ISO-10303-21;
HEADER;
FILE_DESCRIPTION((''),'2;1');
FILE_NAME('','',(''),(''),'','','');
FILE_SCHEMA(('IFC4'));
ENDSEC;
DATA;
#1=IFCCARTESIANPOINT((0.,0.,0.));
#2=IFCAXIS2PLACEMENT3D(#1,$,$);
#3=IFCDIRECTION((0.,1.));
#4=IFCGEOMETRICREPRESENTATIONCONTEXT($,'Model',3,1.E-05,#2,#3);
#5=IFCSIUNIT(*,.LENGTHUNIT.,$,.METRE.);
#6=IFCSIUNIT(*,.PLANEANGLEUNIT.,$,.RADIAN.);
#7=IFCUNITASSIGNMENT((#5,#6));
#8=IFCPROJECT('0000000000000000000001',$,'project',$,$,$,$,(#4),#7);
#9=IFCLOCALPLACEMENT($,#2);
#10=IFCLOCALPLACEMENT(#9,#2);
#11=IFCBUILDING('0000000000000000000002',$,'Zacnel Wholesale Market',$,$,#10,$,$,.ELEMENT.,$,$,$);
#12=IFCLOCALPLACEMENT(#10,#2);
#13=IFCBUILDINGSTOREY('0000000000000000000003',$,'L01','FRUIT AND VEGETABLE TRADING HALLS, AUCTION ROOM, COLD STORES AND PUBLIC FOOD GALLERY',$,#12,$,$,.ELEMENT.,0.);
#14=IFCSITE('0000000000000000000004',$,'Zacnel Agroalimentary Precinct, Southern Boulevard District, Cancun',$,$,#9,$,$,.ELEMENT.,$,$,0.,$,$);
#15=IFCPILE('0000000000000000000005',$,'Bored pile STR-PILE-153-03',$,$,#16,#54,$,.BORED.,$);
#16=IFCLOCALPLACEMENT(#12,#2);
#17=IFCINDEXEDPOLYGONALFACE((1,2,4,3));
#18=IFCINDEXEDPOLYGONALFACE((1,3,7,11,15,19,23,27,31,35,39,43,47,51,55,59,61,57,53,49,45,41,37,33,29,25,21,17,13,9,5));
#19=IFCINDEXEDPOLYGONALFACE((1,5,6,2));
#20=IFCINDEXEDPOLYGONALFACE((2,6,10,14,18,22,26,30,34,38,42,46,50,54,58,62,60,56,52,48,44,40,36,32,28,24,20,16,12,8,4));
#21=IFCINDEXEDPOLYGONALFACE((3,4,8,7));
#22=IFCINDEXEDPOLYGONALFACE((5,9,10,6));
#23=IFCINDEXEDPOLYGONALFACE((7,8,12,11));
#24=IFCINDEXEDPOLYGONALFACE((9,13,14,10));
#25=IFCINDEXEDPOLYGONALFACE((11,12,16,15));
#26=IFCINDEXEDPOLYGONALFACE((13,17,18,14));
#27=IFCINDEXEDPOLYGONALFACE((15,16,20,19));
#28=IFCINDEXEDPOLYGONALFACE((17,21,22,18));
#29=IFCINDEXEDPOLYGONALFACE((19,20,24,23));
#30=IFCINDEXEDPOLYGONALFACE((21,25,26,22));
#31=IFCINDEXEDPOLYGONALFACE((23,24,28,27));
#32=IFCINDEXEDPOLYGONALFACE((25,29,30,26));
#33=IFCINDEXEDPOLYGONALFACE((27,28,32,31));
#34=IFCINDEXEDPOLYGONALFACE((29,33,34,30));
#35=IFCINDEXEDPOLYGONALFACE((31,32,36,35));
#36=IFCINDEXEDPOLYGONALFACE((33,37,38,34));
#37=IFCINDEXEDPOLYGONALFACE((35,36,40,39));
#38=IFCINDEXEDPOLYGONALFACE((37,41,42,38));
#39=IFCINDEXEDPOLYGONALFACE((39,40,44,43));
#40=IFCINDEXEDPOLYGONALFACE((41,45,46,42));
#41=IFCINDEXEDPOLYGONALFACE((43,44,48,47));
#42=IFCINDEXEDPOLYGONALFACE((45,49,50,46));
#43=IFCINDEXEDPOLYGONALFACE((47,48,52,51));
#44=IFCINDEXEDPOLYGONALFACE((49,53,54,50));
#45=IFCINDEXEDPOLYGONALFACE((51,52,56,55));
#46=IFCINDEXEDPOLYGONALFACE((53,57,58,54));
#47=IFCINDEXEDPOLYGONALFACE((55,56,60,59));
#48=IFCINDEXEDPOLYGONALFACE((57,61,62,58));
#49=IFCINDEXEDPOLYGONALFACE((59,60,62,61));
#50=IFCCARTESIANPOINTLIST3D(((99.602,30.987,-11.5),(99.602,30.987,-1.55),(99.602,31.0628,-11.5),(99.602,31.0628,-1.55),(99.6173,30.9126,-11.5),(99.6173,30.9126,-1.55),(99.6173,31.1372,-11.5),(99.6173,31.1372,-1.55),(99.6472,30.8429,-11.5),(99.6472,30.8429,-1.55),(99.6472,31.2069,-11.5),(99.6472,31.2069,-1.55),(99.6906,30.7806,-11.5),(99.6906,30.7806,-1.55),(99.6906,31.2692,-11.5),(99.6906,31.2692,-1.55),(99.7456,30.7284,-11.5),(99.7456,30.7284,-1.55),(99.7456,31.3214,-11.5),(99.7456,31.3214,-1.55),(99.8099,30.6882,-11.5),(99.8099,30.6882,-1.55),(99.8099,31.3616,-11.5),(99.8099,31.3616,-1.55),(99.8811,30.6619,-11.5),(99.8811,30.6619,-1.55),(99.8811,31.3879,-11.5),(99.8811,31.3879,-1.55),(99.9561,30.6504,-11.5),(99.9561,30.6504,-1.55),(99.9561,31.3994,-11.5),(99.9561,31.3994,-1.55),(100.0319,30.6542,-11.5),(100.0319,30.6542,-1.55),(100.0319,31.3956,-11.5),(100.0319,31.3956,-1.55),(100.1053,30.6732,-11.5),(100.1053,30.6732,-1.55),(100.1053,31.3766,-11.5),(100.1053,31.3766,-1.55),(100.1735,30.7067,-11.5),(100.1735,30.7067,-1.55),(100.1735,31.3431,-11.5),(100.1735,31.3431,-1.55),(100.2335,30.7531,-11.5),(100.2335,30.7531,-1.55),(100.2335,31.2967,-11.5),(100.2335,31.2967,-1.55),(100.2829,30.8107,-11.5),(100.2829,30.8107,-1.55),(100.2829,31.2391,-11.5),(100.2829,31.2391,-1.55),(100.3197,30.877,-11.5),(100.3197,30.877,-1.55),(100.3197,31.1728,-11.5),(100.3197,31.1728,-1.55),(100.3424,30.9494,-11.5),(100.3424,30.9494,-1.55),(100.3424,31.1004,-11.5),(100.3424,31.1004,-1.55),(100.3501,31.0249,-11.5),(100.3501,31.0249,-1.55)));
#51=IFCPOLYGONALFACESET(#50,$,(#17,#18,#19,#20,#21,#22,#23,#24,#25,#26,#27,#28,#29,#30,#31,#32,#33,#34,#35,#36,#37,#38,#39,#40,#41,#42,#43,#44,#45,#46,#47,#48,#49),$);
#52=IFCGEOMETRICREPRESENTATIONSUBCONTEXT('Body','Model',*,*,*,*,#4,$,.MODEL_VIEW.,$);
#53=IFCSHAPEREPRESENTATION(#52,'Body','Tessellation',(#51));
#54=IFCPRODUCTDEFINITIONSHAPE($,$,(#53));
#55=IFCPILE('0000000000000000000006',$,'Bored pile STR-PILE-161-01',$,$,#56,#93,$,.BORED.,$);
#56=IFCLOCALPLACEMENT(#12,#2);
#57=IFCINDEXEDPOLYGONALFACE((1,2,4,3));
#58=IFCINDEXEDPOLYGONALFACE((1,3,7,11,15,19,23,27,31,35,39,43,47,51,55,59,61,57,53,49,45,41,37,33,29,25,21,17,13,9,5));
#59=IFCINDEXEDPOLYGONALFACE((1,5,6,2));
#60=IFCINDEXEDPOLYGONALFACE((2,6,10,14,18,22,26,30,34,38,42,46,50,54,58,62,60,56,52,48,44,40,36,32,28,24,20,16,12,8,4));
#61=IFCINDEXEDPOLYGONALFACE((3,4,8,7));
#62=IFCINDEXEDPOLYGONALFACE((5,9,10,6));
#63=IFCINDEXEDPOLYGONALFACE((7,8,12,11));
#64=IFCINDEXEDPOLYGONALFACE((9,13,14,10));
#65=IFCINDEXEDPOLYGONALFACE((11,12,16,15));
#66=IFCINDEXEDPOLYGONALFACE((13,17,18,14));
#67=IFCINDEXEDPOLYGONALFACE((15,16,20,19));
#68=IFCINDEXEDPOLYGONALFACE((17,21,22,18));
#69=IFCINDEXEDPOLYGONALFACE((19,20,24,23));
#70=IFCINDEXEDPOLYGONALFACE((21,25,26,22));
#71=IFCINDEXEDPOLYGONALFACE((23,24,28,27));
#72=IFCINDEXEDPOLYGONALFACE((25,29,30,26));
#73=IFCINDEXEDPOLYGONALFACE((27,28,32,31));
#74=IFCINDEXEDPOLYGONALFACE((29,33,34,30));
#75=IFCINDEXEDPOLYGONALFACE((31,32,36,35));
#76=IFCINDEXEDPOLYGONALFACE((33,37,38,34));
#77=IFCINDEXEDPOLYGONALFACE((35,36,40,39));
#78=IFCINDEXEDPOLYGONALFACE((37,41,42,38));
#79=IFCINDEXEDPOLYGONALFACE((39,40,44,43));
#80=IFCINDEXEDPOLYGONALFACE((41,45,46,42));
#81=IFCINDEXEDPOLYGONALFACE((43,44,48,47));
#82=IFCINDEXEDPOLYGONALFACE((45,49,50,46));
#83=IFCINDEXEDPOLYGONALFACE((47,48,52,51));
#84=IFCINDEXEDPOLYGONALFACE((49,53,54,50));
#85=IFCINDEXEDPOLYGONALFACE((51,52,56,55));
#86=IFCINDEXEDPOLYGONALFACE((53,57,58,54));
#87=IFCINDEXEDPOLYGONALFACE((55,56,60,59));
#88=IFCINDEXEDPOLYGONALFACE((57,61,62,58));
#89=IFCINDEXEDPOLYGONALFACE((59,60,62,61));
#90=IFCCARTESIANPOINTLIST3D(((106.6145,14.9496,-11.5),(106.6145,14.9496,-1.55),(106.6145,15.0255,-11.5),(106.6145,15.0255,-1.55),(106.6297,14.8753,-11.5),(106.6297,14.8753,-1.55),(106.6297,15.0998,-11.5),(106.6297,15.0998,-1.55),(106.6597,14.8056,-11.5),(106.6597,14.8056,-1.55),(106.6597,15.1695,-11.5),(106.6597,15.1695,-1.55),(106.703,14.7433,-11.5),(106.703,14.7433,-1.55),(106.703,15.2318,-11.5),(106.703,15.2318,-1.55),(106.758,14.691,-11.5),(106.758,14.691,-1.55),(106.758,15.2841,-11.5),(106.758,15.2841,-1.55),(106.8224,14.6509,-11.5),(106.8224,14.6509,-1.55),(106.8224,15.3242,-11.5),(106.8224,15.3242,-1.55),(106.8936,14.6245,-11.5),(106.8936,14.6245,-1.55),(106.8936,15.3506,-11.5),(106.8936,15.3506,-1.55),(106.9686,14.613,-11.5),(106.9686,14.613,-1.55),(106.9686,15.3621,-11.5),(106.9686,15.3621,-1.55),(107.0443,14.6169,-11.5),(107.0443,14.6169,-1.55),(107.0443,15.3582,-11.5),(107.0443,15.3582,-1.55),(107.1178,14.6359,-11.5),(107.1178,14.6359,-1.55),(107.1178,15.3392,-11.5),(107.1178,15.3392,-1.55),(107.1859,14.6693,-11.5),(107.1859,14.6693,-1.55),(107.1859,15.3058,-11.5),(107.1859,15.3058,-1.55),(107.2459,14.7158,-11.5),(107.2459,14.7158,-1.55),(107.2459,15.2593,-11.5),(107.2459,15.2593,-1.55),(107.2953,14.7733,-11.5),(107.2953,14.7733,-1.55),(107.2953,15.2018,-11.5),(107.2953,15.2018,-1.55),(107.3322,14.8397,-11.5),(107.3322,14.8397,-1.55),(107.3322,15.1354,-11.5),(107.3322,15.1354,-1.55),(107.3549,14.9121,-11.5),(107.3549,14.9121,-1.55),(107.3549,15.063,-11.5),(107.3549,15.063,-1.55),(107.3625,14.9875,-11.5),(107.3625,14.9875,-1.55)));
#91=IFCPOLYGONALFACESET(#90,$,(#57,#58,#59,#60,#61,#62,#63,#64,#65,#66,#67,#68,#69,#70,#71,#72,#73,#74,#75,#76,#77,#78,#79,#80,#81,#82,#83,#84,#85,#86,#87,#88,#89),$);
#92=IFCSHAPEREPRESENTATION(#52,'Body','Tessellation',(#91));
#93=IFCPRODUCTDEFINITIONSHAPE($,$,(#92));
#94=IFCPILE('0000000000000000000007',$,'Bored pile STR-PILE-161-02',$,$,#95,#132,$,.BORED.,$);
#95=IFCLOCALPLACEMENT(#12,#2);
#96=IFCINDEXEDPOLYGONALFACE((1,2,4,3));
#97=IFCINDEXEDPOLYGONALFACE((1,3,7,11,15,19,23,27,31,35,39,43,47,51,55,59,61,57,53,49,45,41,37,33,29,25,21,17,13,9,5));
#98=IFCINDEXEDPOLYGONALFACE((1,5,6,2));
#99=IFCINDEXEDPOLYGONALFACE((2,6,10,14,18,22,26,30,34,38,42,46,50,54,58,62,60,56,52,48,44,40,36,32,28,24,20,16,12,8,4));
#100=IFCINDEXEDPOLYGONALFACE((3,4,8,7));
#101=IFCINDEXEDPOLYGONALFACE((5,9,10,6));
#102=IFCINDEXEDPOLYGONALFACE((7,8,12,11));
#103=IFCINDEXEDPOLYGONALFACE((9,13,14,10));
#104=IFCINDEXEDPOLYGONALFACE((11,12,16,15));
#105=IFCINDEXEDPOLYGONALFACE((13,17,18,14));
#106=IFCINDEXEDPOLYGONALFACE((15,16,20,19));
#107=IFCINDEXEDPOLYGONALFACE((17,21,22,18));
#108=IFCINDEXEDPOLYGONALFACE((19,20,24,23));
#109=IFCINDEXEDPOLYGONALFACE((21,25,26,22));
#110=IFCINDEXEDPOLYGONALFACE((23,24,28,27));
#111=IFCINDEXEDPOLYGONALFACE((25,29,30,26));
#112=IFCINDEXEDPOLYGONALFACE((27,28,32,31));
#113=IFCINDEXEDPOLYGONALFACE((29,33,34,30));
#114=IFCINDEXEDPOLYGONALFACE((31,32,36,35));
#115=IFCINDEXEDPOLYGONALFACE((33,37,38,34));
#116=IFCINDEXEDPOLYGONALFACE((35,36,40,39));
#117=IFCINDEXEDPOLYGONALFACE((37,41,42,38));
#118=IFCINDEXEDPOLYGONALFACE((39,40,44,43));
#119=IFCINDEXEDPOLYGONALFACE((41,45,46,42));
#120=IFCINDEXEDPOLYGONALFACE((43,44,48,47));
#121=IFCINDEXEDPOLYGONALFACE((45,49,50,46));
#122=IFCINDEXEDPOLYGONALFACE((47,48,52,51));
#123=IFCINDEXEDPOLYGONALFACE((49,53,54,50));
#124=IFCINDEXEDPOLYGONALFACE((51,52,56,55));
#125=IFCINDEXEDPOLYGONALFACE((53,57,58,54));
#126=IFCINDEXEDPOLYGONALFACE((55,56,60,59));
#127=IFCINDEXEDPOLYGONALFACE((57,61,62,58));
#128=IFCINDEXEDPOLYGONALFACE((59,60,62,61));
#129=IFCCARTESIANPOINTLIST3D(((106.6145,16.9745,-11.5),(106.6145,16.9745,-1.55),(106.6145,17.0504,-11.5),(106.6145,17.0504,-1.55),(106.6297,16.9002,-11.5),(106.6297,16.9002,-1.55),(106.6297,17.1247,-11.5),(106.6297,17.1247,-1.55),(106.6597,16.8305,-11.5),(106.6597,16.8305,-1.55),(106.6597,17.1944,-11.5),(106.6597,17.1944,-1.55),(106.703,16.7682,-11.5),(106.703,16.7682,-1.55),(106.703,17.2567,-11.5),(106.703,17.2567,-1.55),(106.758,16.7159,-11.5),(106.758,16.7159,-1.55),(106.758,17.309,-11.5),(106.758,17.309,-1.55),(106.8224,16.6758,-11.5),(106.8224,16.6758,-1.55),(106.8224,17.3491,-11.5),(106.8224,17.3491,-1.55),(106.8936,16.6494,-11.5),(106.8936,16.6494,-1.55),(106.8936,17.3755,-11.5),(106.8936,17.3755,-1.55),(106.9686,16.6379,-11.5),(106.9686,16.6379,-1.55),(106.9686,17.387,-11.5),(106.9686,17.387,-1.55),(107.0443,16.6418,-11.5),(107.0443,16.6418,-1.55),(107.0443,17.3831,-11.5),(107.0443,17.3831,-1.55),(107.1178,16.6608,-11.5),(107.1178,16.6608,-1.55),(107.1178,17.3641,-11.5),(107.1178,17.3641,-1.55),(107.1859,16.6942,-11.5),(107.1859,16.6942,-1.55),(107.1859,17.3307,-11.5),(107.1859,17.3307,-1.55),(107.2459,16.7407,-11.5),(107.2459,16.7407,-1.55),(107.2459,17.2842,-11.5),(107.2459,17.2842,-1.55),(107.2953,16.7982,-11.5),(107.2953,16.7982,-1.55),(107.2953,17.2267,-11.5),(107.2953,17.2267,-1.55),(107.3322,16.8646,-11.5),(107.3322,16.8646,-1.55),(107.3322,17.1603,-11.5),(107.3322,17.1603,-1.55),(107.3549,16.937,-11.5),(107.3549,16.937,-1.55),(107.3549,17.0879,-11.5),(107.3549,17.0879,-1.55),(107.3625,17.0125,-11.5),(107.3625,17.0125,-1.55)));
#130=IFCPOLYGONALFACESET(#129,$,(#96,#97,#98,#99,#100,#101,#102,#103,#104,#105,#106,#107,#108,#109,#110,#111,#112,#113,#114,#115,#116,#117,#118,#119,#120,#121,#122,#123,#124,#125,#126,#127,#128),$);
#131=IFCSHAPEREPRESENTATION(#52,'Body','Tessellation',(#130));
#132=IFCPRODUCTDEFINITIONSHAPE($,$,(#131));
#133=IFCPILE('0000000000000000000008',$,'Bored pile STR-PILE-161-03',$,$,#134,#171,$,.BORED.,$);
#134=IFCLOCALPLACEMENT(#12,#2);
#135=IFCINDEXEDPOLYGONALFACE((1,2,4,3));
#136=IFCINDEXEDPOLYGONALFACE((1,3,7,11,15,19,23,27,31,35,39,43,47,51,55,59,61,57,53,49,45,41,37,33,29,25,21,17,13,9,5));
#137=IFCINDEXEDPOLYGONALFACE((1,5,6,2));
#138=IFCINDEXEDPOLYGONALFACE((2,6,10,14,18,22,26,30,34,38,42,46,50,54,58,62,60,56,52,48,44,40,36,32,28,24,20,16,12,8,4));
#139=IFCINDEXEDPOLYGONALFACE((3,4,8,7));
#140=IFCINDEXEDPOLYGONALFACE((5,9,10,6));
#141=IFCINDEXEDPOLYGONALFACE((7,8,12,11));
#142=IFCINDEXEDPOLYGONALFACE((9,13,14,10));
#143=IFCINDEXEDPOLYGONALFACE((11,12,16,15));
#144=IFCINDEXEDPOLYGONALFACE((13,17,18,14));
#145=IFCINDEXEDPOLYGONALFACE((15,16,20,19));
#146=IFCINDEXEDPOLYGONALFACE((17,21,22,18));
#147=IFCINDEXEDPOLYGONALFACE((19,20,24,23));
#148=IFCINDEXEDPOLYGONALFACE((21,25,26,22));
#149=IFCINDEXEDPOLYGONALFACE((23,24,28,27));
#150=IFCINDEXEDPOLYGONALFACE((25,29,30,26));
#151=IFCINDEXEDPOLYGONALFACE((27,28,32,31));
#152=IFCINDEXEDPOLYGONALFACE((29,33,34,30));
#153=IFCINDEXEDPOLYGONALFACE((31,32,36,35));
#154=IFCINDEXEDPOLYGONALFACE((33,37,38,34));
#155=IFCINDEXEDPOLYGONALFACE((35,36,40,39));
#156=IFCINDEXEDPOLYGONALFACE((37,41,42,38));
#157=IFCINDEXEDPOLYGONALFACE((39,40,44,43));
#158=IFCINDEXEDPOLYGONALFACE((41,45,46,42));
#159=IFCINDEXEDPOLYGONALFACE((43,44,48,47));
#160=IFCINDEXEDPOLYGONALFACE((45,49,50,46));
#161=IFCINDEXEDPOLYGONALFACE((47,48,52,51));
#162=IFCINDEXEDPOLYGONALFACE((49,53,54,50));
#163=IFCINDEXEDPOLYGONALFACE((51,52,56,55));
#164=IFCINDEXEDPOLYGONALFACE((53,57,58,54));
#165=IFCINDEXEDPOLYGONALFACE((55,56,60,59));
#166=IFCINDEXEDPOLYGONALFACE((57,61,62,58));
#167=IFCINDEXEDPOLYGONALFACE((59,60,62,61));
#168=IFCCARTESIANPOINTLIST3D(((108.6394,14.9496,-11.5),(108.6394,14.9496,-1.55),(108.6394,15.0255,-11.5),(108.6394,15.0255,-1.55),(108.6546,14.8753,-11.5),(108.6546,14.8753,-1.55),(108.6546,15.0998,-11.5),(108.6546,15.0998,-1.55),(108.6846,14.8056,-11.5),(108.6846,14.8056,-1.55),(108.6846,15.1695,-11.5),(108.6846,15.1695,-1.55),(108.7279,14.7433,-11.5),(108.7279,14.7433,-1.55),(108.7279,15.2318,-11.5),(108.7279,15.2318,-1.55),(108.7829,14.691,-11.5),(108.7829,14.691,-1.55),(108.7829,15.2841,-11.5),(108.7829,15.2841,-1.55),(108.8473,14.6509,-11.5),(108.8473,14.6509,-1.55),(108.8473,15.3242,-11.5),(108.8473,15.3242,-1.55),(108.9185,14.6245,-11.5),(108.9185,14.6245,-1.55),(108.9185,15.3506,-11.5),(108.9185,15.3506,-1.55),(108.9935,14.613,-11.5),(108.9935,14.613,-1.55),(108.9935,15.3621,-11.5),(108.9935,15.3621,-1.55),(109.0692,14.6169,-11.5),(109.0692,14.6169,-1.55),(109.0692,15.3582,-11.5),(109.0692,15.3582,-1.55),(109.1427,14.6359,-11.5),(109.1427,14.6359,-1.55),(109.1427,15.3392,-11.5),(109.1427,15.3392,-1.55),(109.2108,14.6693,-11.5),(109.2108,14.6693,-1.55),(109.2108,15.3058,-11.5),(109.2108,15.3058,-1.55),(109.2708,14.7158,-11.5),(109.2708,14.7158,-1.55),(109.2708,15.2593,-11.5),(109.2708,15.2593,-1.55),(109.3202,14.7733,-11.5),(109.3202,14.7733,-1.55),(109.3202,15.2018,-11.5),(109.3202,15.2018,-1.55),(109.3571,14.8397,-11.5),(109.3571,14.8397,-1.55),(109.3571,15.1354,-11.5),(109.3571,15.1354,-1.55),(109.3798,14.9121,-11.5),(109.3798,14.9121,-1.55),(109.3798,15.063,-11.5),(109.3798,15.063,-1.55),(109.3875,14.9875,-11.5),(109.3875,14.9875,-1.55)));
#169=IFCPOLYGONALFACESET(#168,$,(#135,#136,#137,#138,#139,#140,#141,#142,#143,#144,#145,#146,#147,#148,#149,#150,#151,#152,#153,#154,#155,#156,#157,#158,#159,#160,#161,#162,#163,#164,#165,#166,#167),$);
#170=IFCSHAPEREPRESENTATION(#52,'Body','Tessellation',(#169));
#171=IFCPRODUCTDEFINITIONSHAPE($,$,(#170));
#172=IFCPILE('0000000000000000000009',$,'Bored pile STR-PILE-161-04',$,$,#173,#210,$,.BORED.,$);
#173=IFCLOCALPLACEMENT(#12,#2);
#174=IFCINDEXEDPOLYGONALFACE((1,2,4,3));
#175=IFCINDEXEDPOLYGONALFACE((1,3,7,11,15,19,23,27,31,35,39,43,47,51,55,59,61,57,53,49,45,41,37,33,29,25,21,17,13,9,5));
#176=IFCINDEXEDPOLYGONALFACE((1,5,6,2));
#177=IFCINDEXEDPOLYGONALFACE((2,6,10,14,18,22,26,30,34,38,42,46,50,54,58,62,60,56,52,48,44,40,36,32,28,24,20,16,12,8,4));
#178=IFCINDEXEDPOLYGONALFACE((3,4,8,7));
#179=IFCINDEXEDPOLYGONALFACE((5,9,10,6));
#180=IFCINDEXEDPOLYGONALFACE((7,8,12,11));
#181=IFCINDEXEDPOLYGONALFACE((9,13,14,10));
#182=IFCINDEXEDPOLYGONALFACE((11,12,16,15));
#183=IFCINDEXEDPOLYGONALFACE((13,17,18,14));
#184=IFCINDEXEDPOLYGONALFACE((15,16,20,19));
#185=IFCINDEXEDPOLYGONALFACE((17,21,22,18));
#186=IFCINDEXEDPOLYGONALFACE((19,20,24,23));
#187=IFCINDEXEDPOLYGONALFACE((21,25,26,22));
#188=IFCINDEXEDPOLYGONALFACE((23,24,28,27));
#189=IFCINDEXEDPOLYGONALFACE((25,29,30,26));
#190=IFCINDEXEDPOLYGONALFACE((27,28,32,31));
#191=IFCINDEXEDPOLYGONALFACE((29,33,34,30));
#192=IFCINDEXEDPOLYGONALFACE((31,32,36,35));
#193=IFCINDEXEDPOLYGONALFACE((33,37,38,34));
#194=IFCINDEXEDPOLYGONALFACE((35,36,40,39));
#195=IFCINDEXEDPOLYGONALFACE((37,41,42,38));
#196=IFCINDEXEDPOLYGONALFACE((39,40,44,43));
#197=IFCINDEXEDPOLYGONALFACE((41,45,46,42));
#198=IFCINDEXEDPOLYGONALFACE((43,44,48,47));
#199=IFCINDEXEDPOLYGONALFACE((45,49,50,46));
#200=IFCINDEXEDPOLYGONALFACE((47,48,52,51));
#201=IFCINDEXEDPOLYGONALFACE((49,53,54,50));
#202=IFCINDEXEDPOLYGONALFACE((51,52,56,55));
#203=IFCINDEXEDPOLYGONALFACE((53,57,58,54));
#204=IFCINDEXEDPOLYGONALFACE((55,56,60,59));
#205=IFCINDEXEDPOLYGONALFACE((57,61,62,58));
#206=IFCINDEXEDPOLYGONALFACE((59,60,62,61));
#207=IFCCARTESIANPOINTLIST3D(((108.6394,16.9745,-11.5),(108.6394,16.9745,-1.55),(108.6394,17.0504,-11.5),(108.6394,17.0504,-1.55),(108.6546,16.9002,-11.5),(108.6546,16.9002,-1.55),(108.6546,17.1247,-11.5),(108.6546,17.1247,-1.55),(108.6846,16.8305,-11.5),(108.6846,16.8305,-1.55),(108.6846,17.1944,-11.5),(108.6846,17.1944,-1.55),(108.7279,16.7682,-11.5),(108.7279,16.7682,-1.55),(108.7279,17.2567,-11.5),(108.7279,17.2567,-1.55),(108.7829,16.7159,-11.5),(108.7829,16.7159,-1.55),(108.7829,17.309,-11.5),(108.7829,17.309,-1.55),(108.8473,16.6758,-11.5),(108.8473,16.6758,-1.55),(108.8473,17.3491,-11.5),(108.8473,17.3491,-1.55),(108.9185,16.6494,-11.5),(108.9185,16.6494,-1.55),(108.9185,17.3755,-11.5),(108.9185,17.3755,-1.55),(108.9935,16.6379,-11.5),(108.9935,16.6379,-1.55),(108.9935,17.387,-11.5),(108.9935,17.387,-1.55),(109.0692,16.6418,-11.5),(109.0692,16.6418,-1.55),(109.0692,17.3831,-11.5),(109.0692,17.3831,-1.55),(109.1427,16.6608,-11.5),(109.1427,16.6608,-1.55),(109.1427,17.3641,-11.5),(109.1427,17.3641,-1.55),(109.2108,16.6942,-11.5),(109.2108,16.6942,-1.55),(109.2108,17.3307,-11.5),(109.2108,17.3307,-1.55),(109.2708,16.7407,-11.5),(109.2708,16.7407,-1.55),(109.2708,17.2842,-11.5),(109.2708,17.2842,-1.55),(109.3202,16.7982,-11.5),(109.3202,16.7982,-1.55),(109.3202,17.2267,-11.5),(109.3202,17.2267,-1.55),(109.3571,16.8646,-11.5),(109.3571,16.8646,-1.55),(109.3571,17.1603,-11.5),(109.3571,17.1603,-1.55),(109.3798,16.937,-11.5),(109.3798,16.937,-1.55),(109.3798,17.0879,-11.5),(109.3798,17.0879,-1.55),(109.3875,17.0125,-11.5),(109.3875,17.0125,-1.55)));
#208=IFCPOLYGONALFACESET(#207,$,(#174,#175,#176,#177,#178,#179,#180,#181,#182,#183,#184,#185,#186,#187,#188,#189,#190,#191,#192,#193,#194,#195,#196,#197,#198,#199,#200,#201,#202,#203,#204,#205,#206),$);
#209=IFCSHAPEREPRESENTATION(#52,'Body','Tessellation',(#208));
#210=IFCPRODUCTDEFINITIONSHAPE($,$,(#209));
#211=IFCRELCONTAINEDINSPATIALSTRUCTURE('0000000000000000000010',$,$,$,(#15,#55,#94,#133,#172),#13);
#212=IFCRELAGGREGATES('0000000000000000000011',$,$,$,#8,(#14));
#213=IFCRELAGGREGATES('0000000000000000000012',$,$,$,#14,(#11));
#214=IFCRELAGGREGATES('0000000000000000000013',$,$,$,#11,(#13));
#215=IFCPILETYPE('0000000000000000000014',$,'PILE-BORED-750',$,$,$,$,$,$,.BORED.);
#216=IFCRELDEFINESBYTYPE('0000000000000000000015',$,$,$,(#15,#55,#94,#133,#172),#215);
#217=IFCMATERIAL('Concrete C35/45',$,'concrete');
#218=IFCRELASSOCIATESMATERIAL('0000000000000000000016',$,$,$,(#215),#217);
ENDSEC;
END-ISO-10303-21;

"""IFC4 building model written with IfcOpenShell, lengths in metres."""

from ifc_helpers import new_model, si_unit, direction, frame, origin, origin_2d, place, context, subcontext, project, spatial, circle, extrude, material, material_profile, profile_set, type_object, element, save


model = new_model("IFC4")

# Units and contexts
model_context = context("Model", 3, precision=1e-05, world=origin(), true_north=direction((0.0, 1.0)))
body_context = subcontext(model_context, "Body", "Model", "MODEL_VIEW")
ifc_project = project(units=[si_unit("LENGTHUNIT", "METRE"), si_unit("PLANEANGLEUNIT", "RADIAN")], contexts=[model_context])

# Site, building, storey
site_placement = place(None, origin())
site = spatial("IfcSite", under=ifc_project, at=site_placement, Name="Zacnel Agroalimentary Precinct, Southern Boulevard District, Cancun", CompositionType="ELEMENT", RefElevation=0.0)
building_placement = place(site_placement, origin())
building = spatial("IfcBuilding", under=site, at=building_placement, Name="Zacnel Wholesale Market", CompositionType="ELEMENT")
storey_placement = place(building_placement, origin())
storey = spatial("IfcBuildingStorey", under=building, at=storey_placement, Name="L01", Description="FRUIT AND VEGETABLE TRADING HALLS, AUCTION ROOM, COLD STORES AND PUBLIC FOOD GALLERY", CompositionType="ELEMENT", Elevation=0.0)

# Piles
ifc_material_1 = material(Name="Concrete C35/45", Category="concrete")
ifc_material_profile_1 = material_profile(ifc_material_1, circle(Radius=0.375, at=origin_2d()), Name="BORED PILE D750")
ifc_profile_set_1 = profile_set([ifc_material_profile_1], Name="Concrete C35/45")
pile_type = type_object("IfcPileType", Name="PILE-BORED-750", PredefinedType="BORED", material=ifc_profile_set_1)
for number, where, z_axis, x_axis, name in (
    (1, (99.9751, 31.0249, -1.55), (0.0, 0.0, -1.0), (1.0, 0.0, 0.0), "Bored pile STR-PILE-153-03"),
    (2, (106.9875, 14.9875, -1.55), (0.0, 0.0, -1.0), (1.0, 0.0, 0.0), "Bored pile STR-PILE-161-01"),
    (3, (106.9875, 17.0125, -1.55), (0.0, 0.0, -1.0), (1.0, 0.0, 0.0), "Bored pile STR-PILE-161-02"),
    (4, (109.0125, 14.9875, -1.55), (0.0, 0.0, -1.0), (1.0, 0.0, 0.0), "Bored pile STR-PILE-161-03"),
    (5, (109.0125, 17.0125, -1.55), (0.0, 0.0, -1.0), (1.0, 0.0, 0.0), "Bored pile STR-PILE-161-04"),
):
    element("IfcPile", number, at=place(storey_placement, frame(where, z_axis=z_axis, x_axis=x_axis)), inside=storey, type_object=pile_type, Name=name, PredefinedType="BORED", context=body_context, shape_type="SweptSolid", body=[
        extrude(circle(Radius=0.375, at=origin_2d()), origin(), (0.0, 0.0, 1.0), 9.95),
    ])

save(model, "model.ifc")
